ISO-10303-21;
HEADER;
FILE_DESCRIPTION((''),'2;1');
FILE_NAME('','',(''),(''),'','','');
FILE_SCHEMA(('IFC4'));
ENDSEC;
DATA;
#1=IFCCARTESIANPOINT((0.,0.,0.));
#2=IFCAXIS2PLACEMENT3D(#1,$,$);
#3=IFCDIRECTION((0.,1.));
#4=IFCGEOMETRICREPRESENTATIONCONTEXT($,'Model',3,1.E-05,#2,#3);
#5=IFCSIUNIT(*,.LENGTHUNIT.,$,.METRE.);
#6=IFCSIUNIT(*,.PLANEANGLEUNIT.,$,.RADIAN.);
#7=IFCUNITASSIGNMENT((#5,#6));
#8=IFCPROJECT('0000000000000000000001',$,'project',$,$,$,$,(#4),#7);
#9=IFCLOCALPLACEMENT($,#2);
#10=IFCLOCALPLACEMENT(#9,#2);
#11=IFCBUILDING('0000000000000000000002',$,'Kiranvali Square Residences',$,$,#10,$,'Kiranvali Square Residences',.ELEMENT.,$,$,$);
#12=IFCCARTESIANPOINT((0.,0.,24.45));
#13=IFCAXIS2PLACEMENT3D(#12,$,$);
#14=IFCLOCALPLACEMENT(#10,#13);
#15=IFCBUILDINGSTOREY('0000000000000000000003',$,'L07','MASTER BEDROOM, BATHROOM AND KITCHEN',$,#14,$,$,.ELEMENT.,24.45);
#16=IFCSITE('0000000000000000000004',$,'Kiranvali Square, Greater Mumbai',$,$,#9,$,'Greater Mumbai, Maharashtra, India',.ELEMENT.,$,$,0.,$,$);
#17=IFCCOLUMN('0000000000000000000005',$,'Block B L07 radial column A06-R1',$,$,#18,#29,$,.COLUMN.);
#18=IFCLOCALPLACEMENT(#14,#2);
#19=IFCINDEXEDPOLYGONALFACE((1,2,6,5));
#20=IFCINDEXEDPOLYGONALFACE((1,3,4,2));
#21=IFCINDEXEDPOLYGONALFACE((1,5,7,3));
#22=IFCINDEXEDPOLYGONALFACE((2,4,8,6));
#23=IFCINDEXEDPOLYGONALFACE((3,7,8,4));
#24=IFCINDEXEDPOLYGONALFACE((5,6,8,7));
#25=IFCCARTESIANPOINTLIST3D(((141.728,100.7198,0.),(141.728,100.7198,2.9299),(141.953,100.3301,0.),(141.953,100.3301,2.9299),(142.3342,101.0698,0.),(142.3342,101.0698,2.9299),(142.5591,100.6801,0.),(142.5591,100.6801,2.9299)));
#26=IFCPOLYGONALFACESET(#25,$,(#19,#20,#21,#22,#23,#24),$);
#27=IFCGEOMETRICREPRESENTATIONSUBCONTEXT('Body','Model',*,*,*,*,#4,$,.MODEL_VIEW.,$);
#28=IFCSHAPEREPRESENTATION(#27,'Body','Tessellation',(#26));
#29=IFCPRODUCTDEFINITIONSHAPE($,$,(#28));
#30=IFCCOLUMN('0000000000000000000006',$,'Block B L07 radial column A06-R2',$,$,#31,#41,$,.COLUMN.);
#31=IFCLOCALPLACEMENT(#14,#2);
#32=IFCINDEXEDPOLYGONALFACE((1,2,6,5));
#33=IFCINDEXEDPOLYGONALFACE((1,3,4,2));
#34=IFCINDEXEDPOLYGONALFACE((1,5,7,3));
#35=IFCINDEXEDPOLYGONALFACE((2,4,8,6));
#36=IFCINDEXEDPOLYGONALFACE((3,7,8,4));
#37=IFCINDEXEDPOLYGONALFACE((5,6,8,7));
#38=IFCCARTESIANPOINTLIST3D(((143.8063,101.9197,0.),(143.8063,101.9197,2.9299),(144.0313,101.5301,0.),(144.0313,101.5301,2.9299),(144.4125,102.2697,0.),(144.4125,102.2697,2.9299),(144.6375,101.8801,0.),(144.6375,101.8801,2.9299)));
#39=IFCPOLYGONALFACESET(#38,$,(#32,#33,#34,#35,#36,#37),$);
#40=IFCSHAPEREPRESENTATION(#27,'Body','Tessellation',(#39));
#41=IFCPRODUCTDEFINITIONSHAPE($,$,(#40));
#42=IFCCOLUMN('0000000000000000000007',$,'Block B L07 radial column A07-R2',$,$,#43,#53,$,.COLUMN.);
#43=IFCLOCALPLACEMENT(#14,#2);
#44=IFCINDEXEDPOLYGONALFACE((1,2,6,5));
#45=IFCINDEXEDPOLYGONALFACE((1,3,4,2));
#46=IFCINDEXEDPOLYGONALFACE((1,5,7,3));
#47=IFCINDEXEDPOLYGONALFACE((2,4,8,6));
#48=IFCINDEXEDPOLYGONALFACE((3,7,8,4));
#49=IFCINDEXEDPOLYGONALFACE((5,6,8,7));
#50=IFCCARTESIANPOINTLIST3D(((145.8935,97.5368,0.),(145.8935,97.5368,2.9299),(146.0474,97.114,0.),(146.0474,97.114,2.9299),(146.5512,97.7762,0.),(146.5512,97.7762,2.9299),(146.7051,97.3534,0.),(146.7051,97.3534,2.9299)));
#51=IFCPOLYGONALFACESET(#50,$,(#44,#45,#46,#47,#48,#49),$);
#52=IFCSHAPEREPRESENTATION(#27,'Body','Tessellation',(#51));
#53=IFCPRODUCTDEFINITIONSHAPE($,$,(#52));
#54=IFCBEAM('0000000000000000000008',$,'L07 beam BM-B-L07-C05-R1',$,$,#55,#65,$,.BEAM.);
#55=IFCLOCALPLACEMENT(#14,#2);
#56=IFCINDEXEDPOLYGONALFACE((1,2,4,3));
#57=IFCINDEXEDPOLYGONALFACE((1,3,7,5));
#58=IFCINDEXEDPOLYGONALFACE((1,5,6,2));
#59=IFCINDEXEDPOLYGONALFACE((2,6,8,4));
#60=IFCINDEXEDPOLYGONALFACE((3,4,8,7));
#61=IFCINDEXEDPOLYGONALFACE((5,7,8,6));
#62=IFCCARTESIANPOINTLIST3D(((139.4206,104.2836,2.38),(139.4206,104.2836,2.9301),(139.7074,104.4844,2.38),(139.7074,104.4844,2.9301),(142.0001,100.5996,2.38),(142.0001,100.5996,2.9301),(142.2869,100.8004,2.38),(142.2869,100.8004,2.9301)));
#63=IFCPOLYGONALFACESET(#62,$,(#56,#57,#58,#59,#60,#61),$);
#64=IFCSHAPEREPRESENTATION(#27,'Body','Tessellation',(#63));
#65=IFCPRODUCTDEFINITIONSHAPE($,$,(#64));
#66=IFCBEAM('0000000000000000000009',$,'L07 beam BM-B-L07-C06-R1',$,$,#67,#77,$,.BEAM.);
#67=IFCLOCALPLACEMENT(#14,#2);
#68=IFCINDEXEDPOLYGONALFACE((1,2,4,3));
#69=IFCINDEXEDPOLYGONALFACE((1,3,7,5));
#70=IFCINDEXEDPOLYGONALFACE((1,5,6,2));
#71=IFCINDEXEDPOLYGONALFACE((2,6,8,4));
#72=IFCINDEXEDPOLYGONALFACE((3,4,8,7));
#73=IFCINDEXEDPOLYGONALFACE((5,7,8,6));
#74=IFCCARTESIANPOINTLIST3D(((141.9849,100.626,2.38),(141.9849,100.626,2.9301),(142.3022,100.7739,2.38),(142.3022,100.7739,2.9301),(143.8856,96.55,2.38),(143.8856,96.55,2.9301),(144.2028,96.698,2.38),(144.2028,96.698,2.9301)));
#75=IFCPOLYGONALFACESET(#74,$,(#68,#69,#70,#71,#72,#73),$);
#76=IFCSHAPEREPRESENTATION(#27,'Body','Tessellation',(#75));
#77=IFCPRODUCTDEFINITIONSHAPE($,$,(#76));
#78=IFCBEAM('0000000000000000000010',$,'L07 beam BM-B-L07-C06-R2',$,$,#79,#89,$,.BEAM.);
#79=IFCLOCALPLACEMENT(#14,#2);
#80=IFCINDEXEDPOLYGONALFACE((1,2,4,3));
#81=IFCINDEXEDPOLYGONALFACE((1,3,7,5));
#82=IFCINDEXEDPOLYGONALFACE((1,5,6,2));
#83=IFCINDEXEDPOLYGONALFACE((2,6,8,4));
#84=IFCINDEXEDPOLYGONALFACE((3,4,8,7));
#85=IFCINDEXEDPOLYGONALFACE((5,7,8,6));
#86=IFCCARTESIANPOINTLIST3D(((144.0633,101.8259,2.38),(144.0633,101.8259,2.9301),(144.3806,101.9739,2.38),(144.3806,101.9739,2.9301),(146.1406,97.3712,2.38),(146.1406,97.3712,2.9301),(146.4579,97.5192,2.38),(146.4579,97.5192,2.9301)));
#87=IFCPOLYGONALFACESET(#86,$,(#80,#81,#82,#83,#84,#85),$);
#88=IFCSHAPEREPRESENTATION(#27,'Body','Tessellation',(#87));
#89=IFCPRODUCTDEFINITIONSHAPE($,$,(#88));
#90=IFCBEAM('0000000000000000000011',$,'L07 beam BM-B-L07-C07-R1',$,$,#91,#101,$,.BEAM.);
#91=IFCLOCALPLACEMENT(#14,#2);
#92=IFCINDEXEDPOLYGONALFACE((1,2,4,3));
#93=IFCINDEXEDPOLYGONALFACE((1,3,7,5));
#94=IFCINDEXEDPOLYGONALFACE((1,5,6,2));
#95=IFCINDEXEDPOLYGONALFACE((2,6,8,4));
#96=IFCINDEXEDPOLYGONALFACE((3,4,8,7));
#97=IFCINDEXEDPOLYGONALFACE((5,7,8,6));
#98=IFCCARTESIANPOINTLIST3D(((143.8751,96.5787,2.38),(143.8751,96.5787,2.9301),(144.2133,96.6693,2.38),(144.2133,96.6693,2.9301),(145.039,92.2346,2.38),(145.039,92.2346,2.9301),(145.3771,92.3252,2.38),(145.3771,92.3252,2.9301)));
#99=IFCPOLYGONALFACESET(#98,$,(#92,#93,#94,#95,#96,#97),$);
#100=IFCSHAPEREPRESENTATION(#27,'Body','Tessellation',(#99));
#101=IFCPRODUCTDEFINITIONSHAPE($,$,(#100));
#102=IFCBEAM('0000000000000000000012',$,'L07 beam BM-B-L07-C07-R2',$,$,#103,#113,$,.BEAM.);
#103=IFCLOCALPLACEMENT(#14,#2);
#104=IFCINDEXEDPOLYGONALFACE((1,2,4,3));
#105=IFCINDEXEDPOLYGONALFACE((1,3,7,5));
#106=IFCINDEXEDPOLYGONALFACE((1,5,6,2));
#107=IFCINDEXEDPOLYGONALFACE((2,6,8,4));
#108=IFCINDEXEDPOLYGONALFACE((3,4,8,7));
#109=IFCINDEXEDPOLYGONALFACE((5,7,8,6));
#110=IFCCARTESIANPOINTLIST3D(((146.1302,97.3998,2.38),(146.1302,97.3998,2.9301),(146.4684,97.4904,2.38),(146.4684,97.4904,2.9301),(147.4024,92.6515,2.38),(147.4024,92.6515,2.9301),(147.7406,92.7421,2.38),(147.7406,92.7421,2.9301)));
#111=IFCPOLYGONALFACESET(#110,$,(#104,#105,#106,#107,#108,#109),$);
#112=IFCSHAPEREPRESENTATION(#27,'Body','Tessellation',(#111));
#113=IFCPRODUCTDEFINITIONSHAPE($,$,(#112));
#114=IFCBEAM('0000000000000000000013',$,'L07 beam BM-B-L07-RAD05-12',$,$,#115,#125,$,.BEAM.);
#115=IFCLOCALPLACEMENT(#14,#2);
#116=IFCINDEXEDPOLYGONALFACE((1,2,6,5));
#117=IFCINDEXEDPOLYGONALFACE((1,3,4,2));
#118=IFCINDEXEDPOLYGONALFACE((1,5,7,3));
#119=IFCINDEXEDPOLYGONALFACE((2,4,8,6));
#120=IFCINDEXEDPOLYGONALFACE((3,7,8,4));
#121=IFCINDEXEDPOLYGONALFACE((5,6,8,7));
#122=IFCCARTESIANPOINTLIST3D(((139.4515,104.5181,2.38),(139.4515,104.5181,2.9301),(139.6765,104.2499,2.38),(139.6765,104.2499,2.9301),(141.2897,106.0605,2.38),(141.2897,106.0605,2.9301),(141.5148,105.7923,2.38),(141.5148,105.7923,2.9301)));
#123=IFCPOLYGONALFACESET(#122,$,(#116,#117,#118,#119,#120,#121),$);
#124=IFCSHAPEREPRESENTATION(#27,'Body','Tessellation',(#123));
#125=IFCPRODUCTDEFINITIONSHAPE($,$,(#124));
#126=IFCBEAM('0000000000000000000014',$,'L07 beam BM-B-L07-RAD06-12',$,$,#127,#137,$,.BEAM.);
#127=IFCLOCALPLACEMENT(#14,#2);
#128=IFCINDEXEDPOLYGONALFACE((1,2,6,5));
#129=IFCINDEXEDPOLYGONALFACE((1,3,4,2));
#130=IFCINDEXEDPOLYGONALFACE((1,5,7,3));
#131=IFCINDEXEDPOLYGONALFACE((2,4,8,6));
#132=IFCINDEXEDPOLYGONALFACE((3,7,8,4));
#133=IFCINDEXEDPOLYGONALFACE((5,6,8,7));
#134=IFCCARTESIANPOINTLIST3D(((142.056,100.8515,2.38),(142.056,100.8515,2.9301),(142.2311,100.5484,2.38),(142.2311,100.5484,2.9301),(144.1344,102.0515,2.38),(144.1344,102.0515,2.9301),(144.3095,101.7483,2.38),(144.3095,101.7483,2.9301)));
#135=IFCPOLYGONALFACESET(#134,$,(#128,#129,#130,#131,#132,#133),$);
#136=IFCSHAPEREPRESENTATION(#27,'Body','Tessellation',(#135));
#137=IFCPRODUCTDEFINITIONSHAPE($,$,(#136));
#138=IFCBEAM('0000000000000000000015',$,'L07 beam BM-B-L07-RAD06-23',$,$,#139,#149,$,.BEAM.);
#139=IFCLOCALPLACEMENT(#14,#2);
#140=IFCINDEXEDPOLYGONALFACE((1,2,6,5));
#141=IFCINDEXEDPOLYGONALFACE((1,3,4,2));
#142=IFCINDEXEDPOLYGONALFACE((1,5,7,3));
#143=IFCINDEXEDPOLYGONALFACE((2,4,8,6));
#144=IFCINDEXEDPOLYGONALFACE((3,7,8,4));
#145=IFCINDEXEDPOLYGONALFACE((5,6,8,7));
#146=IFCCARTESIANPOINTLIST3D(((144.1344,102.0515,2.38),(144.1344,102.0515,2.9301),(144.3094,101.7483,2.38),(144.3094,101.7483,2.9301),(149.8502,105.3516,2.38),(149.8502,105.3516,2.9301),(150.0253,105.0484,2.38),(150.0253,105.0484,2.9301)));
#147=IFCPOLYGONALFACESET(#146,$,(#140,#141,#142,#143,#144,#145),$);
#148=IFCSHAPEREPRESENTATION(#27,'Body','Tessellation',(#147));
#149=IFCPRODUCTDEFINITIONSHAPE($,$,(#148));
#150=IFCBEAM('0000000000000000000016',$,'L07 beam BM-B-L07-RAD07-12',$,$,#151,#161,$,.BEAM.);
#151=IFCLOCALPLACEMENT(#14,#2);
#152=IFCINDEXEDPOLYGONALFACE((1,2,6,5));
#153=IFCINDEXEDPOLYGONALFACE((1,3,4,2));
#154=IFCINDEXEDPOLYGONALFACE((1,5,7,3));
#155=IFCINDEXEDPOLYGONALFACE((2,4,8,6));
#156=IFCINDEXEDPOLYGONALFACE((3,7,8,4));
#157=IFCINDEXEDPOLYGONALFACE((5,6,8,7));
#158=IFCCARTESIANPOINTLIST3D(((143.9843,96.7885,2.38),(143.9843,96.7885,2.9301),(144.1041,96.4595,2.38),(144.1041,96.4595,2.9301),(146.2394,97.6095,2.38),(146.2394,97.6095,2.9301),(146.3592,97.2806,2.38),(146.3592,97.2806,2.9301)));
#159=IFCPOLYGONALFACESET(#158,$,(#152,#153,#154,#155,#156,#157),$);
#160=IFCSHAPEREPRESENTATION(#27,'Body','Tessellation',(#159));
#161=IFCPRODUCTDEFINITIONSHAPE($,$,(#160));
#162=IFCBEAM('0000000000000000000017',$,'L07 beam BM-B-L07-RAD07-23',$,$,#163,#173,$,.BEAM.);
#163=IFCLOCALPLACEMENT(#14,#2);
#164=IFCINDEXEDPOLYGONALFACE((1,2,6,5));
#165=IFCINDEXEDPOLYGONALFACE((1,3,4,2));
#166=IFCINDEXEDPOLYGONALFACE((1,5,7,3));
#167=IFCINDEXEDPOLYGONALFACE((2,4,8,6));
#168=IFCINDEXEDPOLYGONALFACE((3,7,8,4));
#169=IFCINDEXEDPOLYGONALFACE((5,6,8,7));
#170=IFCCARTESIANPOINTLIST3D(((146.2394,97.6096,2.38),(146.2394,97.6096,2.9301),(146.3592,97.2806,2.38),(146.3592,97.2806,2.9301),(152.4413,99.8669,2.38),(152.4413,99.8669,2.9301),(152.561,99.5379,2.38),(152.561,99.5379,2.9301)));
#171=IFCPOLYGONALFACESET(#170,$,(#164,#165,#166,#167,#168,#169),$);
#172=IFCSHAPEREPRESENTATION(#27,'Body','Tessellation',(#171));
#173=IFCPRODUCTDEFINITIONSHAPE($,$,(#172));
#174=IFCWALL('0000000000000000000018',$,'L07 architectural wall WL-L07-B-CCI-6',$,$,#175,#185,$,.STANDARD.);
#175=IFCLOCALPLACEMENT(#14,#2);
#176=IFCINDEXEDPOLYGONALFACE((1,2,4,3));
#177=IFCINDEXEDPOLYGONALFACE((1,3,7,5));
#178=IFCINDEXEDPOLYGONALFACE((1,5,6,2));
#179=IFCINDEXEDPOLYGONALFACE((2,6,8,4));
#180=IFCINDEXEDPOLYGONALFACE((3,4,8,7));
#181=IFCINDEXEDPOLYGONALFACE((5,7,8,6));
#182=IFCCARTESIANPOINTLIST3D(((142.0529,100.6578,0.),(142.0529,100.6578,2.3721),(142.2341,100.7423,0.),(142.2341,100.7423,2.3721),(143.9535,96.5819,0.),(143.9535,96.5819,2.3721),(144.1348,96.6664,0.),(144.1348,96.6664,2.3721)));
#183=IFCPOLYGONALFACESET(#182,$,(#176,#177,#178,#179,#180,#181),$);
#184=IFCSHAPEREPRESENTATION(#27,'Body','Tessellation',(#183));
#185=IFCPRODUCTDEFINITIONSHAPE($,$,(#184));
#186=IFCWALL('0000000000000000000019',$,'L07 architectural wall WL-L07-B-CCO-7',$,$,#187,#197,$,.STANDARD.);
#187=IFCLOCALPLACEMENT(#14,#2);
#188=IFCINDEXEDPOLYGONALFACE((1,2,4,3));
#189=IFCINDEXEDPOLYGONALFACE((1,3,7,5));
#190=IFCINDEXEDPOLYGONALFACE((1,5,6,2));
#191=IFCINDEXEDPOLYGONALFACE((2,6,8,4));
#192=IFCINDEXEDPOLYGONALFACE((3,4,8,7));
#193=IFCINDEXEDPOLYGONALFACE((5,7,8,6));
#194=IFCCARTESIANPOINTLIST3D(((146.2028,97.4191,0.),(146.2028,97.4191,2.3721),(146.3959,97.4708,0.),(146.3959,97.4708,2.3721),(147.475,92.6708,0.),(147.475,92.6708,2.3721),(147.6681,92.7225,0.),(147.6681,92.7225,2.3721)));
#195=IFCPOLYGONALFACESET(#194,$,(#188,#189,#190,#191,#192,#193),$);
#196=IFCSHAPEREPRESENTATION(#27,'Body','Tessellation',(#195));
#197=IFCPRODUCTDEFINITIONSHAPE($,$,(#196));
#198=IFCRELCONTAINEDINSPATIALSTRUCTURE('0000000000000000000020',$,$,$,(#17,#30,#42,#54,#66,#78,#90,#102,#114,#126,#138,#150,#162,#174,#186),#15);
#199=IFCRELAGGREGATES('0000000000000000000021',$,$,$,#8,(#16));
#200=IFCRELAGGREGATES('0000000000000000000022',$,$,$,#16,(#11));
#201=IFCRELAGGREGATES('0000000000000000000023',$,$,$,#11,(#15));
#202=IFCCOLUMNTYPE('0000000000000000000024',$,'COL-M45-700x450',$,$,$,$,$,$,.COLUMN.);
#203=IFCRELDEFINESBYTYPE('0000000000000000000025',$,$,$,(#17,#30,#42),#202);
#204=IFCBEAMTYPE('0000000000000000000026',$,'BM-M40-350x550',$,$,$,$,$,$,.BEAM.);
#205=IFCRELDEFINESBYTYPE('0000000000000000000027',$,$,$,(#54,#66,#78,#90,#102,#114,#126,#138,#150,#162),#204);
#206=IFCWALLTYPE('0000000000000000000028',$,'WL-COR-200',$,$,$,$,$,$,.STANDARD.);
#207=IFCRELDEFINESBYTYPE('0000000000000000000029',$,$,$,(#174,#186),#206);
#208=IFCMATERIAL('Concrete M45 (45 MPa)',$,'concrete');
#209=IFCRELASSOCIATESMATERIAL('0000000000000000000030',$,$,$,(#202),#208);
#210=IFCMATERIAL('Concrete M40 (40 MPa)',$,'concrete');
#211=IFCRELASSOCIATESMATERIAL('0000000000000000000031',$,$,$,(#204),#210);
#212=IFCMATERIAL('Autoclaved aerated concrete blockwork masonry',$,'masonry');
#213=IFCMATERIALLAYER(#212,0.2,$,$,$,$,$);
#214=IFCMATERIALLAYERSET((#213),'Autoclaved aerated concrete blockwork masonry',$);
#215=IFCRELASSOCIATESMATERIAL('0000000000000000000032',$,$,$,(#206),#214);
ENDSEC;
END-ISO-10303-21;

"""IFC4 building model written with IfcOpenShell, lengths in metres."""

from ifc_helpers import new_model, si_unit, direction, frame, frame_2d, origin, origin_2d, place, context, subcontext, project, spatial, rectangle, extrude, material, layer, layer_set, material_profile, profile_set, type_object, element, save


model = new_model("IFC4")

# Units and contexts
model_context = context("Model", 3, precision=1e-05, world=origin(), true_north=direction((0.0, 1.0)))
body_context = subcontext(model_context, "Body", "Model", "MODEL_VIEW")
ifc_project = project(units=[si_unit("LENGTHUNIT", "METRE"), si_unit("PLANEANGLEUNIT", "RADIAN")], contexts=[model_context])

# Site, building, storey
site_placement = place(None, origin())
site = spatial("IfcSite", under=ifc_project, at=site_placement, Name="Kiranvali Square, Greater Mumbai", LongName="Greater Mumbai, Maharashtra, India", CompositionType="ELEMENT", RefElevation=0.0)
building_placement = place(site_placement, origin())
building = spatial("IfcBuilding", under=site, at=building_placement, Name="Kiranvali Square Residences", LongName="Kiranvali Square Residences", CompositionType="ELEMENT")
storey_placement = place(building_placement, frame((0.0, 0.0, 24.45)))
storey = spatial("IfcBuildingStorey", under=building, at=storey_placement, Name="L07", Description="MASTER BEDROOM, BATHROOM AND KITCHEN", CompositionType="ELEMENT", Elevation=24.45)

# Columns
ifc_material_1 = material(Name="Concrete M45 (45 MPa)", Category="concrete")
ifc_material_profile_1 = material_profile(ifc_material_1, rectangle(XDim=0.45, YDim=0.7, at=origin_2d()), Name="RC 700x450")
ifc_profile_set_1 = profile_set([ifc_material_profile_1], Name="Concrete M45 (45 MPa)")
column_type = type_object("IfcColumnType", Name="COL-M45-700x450", PredefinedType="COLUMN", material=ifc_profile_set_1)
for number, where, z_axis, x_axis, name in (
    (1, (142.1436, 100.7, 0.0), (0.0, 0.0, 1.0), (-0.5, 0.866025, 0.0), "Block B L07 radial column A06-R1"),
    (2, (144.2219, 101.8999, 0.0), (0.0, 0.0, 1.0), (-0.5, 0.866025, 0.0), "Block B L07 radial column A06-R2"),
    (3, (146.2993, 97.4451, 0.0), (0.0, 0.0, 1.0), (-0.34202, 0.939693, 0.0), "Block B L07 radial column A07-R2"),
):
    element("IfcColumn", number, at=place(storey_placement, frame(where, z_axis=z_axis, x_axis=x_axis)), inside=storey, type_object=column_type, Name=name, PredefinedType="COLUMN", context=body_context, shape_type="SweptSolid", body=[
        extrude(rectangle(XDim=0.45, YDim=0.7, at=origin_2d()), origin(), (0.0, 0.0, 1.0), 2.9299),
    ])

# Beams
ifc_material_2 = material(Name="Concrete M40 (40 MPa)", Category="concrete")
ifc_material_profile_2 = material_profile(ifc_material_2, rectangle(XDim=0.3501, YDim=0.55, at=origin_2d()), Name="RC 350x550")
ifc_profile_set_2 = profile_set([ifc_material_profile_2], Name="Concrete M40 (40 MPa)")
beam_type = type_object("IfcBeamType", Name="BM-M40-350x550", PredefinedType="BEAM", material=ifc_profile_set_2)
for number, where, z_axis, x_axis, name in (
    (4, (139.564, 104.384, 2.655), (0.573572, -0.819155, 0.0), (0.819155, 0.573572, 0.0), "L07 beam BM-B-L07-C05-R1"),
    (5, (142.1436, 100.7, 2.655), (0.422618, -0.906308, 0.0), (0.906308, 0.422618, 0.0), "L07 beam BM-B-L07-C06-R1"),
):
    element("IfcBeam", number, at=place(storey_placement, frame(where, z_axis=z_axis, x_axis=x_axis)), inside=storey, type_object=beam_type, Name=name, PredefinedType="BEAM", context=body_context, shape_type="SweptSolid", body=[
        extrude(rectangle(XDim=0.3501, YDim=0.55, at=origin_2d()), origin(), (0.0, 0.0, 1.0), 4.4973),
    ])
beam_1_placement = place(storey_placement, frame((144.2219, 101.8999, 2.655), z_axis=(0.42263, -0.906302, 0.0), x_axis=(0.906302, 0.42263, 0.0)))
element("IfcBeam", 6, at=beam_1_placement, inside=storey, type_object=beam_type, Name="L07 beam BM-B-L07-C06-R2", PredefinedType="BEAM", context=body_context, shape_type="SweptSolid", body=[
    extrude(rectangle(XDim=0.3501, YDim=0.55, at=origin_2d()), origin(), (0.0, 0.0, 1.0), 4.9153),
])
beam_2_placement = place(storey_placement, frame((144.0442, 96.624, 2.655), z_axis=(0.258788, -0.965934, 0.0), x_axis=(0.965934, 0.258788, 0.0)))
element("IfcBeam", 7, at=beam_2_placement, inside=storey, type_object=beam_type, Name="L07 beam BM-B-L07-C07-R1", PredefinedType="BEAM", context=body_context, shape_type="SweptSolid", body=[
    extrude(rectangle(XDim=0.3501, YDim=0.55, at=origin_2d()), origin(), (0.0, 0.0, 1.0), 4.4973),
])
beam_3_placement = place(storey_placement, frame((146.2993, 97.4451, 2.655), z_axis=(0.258803, -0.96593, 0.0), x_axis=(0.96593, 0.258803, 0.0)))
element("IfcBeam", 8, at=beam_3_placement, inside=storey, type_object=beam_type, Name="L07 beam BM-B-L07-C07-R2", PredefinedType="BEAM", context=body_context, shape_type="SweptSolid", body=[
    extrude(rectangle(XDim=0.3501, YDim=0.55, at=origin_2d()), origin(), (0.0, 0.0, 1.0), 4.9158),
])
beam_4_placement = place(storey_placement, frame((139.564, 104.384, 2.655), z_axis=(0.766065, 0.642763, 0.0), x_axis=(-0.642763, 0.766065, 0.0)))
element("IfcBeam", 9, at=beam_4_placement, inside=storey, type_object=beam_type, Name="L07 beam BM-B-L07-RAD05-12", PredefinedType="BEAM", context=body_context, shape_type="SweptSolid", body=[
    extrude(rectangle(XDim=0.3501, YDim=0.55, at=origin_2d()), origin(), (0.0, 0.0, 1.0), 2.3997),
])
beam_5_placement = place(storey_placement, frame((142.1436, 100.7, 2.655), z_axis=(0.866025, 0.500001, 0.0), x_axis=(-0.500001, 0.866025, 0.0)))
element("IfcBeam", 10, at=beam_5_placement, inside=storey, type_object=beam_type, Name="L07 beam BM-B-L07-RAD06-12", PredefinedType="BEAM", context=body_context, shape_type="SweptSolid", body=[
    extrude(rectangle(XDim=0.3501, YDim=0.55, at=origin_2d()), origin(), (0.0, 0.0, 1.0), 2.3999),
])
beam_6_placement = place(storey_placement, frame((144.2219, 101.8999, 2.655), z_axis=(0.866024, 0.500002, 0.0), x_axis=(-0.500002, 0.866024, 0.0)))
element("IfcBeam", 11, at=beam_6_placement, inside=storey, type_object=beam_type, Name="L07 beam BM-B-L07-RAD06-23", PredefinedType="BEAM", context=body_context, shape_type="SweptSolid", body=[
    extrude(rectangle(XDim=0.3501, YDim=0.55, at=origin_2d()), origin(), (0.0, 0.0, 1.0), 6.6001),
])
beam_7_placement = place(storey_placement, frame((144.0442, 96.624, 2.655), z_axis=(0.93966, 0.342111, 0.0), x_axis=(-0.342111, 0.93966, 0.0)))
element("IfcBeam", 12, at=beam_7_placement, inside=storey, type_object=beam_type, Name="L07 beam BM-B-L07-RAD07-12", PredefinedType="BEAM", context=body_context, shape_type="SweptSolid", body=[
    extrude(rectangle(XDim=0.3501, YDim=0.55, at=origin_2d()), origin(), (0.0, 0.0, 1.0), 2.3999),
])
beam_8_placement = place(storey_placement, frame((146.2993, 97.4451, 2.655), z_axis=(0.939692, 0.342022, 0.0), x_axis=(-0.342022, 0.939692, 0.0)))
element("IfcBeam", 13, at=beam_8_placement, inside=storey, type_object=beam_type, Name="L07 beam BM-B-L07-RAD07-23", PredefinedType="BEAM", context=body_context, shape_type="SweptSolid", body=[
    extrude(rectangle(XDim=0.3501, YDim=0.55, at=origin_2d()), origin(), (0.0, 0.0, 1.0), 6.5999),
])

# Wall
ifc_material_3 = material(Name="Autoclaved aerated concrete blockwork masonry", Category="masonry")
ifc_layer_1 = layer(ifc_material_3, 0.2)
ifc_layer_set_1 = layer_set([ifc_layer_1], Name="Autoclaved aerated concrete blockwork masonry")
wall_type_1 = type_object("IfcWallType", Name="WL-COR-200", PredefinedType="STANDARD", material=ifc_layer_set_1)
wall_1_placement = place(storey_placement, frame((142.1436, 100.7, 0.0), z_axis=(0.0, 0.0, 1.0), x_axis=(0.422618, -0.906308, 0.0)))
element("IfcWall", 14, at=wall_1_placement, inside=storey, type_object=wall_type_1, Name="L07 architectural wall WL-L07-B-CCI-6", PredefinedType="STANDARD", context=body_context, shape_type="SweptSolid", body=[
    extrude(rectangle(XDim=4.4973, YDim=0.2, at=frame_2d((2.2485, 0.0))), origin(), (0.0, 0.0, 1.0), 2.3721),
])

# Wall
wall_2_placement = place(storey_placement, frame((146.2993, 97.4451, 0.0), z_axis=(0.0, 0.0, 1.0), x_axis=(0.258803, -0.96593, 0.0)))
element("IfcWall", 15, at=wall_2_placement, inside=storey, type_object=wall_type_1, Name="L07 architectural wall WL-L07-B-CCO-7", PredefinedType="STANDARD", context=body_context, shape_type="SweptSolid", body=[
    extrude(rectangle(XDim=4.9158, YDim=0.2, at=frame_2d((2.458, 0.0))), origin(), (0.0, 0.0, 1.0), 2.3721),
])

save(model, "model.ifc")
